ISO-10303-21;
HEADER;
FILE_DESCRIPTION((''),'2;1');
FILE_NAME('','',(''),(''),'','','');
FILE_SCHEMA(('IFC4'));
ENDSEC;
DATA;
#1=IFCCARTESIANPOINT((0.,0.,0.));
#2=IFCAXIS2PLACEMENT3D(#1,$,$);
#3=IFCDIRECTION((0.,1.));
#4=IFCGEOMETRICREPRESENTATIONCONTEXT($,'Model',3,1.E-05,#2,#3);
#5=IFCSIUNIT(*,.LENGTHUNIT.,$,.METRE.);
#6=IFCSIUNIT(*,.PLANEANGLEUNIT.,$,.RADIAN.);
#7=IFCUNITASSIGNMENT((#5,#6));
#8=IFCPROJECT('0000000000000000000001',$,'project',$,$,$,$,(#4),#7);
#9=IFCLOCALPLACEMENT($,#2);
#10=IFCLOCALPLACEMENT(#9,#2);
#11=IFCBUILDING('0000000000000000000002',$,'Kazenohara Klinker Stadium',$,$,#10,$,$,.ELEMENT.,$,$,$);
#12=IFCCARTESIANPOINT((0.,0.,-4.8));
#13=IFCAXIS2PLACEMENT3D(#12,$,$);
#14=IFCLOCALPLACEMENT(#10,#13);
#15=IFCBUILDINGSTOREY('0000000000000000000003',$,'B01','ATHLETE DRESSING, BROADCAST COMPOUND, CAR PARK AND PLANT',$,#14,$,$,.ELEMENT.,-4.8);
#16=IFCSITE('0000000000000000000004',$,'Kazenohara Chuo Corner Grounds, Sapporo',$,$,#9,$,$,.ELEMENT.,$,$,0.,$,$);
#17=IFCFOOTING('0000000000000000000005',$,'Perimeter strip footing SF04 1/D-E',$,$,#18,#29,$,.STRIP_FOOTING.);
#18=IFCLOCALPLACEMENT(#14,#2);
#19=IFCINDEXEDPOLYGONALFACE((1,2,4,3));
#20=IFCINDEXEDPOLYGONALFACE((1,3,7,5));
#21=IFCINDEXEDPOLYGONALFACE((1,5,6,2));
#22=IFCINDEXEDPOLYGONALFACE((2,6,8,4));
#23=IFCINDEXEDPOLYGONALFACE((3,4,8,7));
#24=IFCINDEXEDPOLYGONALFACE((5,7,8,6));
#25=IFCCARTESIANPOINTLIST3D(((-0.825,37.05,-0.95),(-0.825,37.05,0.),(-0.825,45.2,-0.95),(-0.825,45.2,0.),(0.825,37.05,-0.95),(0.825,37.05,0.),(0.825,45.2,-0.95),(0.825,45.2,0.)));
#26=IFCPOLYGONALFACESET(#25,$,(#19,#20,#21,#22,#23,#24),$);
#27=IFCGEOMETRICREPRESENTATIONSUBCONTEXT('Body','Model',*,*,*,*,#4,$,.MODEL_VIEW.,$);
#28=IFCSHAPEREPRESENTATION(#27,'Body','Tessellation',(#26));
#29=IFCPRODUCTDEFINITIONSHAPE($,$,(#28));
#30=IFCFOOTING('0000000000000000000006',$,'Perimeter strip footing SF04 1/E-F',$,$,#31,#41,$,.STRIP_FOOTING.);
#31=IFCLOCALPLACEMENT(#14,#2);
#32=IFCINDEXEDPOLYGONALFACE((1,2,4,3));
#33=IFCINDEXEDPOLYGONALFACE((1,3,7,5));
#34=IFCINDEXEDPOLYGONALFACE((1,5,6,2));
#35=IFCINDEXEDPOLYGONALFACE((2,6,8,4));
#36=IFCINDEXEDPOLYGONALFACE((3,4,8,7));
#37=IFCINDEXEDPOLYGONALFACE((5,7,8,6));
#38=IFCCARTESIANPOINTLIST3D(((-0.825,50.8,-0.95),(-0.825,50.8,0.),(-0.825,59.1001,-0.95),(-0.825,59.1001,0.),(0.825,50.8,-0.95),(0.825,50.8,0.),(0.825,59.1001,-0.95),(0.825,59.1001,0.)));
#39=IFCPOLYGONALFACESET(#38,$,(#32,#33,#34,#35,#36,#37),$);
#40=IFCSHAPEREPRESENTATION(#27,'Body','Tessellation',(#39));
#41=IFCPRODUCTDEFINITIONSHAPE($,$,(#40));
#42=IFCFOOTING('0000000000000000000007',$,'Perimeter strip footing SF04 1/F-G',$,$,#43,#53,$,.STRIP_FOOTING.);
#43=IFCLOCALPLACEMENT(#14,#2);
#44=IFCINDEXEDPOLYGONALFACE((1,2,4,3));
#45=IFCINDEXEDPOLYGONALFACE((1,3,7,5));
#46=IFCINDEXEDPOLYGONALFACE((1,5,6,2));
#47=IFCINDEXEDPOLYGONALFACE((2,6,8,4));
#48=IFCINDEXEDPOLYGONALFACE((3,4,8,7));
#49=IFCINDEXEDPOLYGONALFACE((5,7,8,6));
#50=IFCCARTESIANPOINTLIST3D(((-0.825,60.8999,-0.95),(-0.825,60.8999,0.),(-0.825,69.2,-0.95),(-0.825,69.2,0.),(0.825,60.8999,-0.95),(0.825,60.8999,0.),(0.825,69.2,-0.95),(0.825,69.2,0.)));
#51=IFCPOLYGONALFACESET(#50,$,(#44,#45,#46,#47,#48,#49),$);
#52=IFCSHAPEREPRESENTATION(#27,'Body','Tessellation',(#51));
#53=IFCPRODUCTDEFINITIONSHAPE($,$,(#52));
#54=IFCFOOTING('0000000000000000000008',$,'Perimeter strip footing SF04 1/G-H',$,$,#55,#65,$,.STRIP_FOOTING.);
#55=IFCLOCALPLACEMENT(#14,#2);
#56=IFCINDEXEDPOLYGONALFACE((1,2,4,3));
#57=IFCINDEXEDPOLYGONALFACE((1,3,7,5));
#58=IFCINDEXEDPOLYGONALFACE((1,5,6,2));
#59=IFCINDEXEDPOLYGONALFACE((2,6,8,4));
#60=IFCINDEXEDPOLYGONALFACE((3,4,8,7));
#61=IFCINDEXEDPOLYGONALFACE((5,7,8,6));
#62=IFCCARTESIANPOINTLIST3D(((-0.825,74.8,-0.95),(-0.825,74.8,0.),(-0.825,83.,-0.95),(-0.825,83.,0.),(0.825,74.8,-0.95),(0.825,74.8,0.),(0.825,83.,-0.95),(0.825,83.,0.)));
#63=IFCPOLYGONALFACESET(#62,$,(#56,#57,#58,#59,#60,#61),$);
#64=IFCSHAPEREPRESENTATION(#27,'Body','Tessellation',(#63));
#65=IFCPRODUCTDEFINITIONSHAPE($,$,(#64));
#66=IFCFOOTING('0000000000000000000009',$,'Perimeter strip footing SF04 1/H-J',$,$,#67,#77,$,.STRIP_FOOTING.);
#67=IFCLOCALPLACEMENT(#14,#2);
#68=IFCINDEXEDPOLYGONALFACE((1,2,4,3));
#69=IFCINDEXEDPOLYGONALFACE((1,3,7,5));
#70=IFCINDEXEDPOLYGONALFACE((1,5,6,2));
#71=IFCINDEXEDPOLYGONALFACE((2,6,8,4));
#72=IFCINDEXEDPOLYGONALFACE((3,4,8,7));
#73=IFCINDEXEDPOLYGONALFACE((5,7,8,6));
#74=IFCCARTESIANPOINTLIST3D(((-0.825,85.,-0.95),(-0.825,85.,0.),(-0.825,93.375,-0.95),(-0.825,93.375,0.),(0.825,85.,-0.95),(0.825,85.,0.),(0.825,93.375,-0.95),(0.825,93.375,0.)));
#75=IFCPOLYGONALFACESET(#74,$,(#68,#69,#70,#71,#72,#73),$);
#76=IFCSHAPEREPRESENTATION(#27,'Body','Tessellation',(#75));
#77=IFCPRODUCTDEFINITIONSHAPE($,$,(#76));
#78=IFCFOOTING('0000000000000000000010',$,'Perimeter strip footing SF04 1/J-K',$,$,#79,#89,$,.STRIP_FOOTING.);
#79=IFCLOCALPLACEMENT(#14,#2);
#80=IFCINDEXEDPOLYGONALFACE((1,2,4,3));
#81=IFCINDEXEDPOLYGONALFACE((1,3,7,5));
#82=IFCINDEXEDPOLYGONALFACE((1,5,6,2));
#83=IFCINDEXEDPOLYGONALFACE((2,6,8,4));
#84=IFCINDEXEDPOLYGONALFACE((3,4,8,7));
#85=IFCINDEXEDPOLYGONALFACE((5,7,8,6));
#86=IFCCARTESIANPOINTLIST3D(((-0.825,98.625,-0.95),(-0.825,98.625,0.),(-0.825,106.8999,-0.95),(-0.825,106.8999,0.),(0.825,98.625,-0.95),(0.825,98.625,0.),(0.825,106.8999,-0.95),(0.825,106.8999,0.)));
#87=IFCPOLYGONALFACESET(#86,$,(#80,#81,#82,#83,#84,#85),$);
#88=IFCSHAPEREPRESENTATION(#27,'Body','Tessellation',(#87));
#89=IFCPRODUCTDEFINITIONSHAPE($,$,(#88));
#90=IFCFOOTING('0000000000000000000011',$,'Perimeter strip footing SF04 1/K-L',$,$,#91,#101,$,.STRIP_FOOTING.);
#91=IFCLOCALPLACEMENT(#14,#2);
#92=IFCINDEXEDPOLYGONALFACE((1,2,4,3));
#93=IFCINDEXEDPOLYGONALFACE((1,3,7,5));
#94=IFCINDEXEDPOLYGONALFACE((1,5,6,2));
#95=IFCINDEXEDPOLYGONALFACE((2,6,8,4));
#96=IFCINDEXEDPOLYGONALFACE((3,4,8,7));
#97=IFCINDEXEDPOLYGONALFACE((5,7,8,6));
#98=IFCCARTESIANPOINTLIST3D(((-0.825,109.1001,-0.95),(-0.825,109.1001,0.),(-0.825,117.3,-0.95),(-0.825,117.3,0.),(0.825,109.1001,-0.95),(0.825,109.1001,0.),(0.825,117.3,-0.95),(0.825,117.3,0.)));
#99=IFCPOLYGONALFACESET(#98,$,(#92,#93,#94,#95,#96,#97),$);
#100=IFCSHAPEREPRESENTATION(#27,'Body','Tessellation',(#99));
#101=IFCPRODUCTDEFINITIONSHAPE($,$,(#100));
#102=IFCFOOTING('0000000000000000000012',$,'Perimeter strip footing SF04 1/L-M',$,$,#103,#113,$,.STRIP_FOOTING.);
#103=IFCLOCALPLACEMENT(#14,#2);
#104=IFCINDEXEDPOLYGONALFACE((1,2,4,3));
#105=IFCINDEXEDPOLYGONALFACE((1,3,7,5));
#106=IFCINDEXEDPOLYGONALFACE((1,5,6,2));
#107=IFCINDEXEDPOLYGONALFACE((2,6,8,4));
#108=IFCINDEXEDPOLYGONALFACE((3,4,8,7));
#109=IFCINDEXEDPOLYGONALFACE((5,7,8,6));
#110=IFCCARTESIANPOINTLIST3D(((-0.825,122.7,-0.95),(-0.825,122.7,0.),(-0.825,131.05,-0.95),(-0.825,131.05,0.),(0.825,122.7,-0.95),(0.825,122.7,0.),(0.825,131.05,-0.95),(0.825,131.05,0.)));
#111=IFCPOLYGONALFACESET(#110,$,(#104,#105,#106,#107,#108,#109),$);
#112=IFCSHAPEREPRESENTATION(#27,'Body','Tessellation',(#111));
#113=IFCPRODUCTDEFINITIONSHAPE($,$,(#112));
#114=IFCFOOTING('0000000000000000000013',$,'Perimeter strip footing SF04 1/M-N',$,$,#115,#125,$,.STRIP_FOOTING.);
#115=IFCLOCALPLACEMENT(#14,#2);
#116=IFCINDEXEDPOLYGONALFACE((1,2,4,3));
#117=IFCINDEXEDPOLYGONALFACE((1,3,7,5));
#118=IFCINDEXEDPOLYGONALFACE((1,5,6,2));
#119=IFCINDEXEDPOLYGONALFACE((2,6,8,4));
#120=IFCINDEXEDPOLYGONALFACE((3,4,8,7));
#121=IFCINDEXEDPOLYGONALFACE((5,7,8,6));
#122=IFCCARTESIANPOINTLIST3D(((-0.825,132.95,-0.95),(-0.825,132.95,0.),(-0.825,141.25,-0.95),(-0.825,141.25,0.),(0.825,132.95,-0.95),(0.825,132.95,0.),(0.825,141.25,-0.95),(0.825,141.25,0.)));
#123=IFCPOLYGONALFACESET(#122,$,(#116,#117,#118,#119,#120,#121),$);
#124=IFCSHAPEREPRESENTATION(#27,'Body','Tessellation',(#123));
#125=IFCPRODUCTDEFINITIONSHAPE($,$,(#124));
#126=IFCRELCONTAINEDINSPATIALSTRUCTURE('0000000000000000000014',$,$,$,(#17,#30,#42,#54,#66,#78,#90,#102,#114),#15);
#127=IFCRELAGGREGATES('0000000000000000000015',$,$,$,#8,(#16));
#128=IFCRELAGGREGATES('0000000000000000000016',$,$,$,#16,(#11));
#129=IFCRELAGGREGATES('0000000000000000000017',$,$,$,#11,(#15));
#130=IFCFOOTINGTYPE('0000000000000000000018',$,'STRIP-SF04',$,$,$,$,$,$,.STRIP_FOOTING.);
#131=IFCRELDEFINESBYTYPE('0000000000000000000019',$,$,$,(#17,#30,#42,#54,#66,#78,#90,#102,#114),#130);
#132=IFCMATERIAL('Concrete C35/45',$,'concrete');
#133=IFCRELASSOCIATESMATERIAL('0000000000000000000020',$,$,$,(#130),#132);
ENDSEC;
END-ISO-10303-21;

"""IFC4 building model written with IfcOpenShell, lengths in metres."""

from ifc_helpers import new_model, si_unit, direction, frame, origin, place, context, subcontext, project, spatial, polyline, outline, extrude, material, type_object, element, save


model = new_model("IFC4")

# Units and contexts
model_context = context("Model", 3, precision=1e-05, world=origin(), true_north=direction((0.0, 1.0)))
body_context = subcontext(model_context, "Body", "Model", "MODEL_VIEW")
ifc_project = project(units=[si_unit("LENGTHUNIT", "METRE"), si_unit("PLANEANGLEUNIT", "RADIAN")], contexts=[model_context])

# Site, building, storey
site_placement = place(None, origin())
site = spatial("IfcSite", under=ifc_project, at=site_placement, Name="Kazenohara Chuo Corner Grounds, Sapporo", CompositionType="ELEMENT", RefElevation=0.0)
building_placement = place(site_placement, origin())
building = spatial("IfcBuilding", under=site, at=building_placement, Name="Kazenohara Klinker Stadium", CompositionType="ELEMENT")
storey_placement = place(building_placement, frame((0.0, 0.0, -4.8)))
storey = spatial("IfcBuildingStorey", under=building, at=storey_placement, Name="B01", Description="ATHLETE DRESSING, BROADCAST COMPOUND, CAR PARK AND PLANT", CompositionType="ELEMENT", Elevation=-4.8)

# Footings
ifc_material = material(Name="Concrete C35/45", Category="concrete")
footing_type_1 = type_object("IfcFootingType", Name="STRIP-SF04", PredefinedType="STRIP_FOOTING", material=ifc_material)
footing_1_placement = place(storey_placement, frame((0.0, 0.0, -0.95)))
element("IfcFooting", 1, at=footing_1_placement, inside=storey, type_object=footing_type_1, Name="Perimeter strip footing SF04 1/D-E", PredefinedType="STRIP_FOOTING", context=body_context, shape_type="SweptSolid", body=[
    extrude(outline(polyline([(-0.825, 37.05), (0.825, 37.05), (0.825, 45.2), (-0.825, 45.2), (-0.825, 37.05)])), origin(), (0.0, 0.0, 1.0), 0.95),
])
footing_2_placement = place(storey_placement, frame((0.0, 0.0, -0.95)))
element("IfcFooting", 2, at=footing_2_placement, inside=storey, type_object=footing_type_1, Name="Perimeter strip footing SF04 1/E-F", PredefinedType="STRIP_FOOTING", context=body_context, shape_type="SweptSolid", body=[
    extrude(outline(polyline([(-0.825, 50.8), (0.825, 50.8), (0.825, 59.1001), (-0.825, 59.1001), (-0.825, 50.8)])), origin(), (0.0, 0.0, 1.0), 0.95),
])
footing_3_placement = place(storey_placement, frame((0.0, 0.0, -0.95)))
element("IfcFooting", 3, at=footing_3_placement, inside=storey, type_object=footing_type_1, Name="Perimeter strip footing SF04 1/F-G", PredefinedType="STRIP_FOOTING", context=body_context, shape_type="SweptSolid", body=[
    extrude(outline(polyline([(-0.825, 60.8999), (0.825, 60.8999), (0.825, 69.2), (-0.825, 69.2), (-0.825, 60.8999)])), origin(), (0.0, 0.0, 1.0), 0.95),
])
footing_4_placement = place(storey_placement, frame((0.0, 0.0, -0.95)))
element("IfcFooting", 4, at=footing_4_placement, inside=storey, type_object=footing_type_1, Name="Perimeter strip footing SF04 1/G-H", PredefinedType="STRIP_FOOTING", context=body_context, shape_type="SweptSolid", body=[
    extrude(outline(polyline([(-0.825, 74.8), (0.825, 74.8), (0.825, 83.0), (-0.825, 83.0), (-0.825, 74.8)])), origin(), (0.0, 0.0, 1.0), 0.95),
])
footing_5_placement = place(storey_placement, frame((0.0, 0.0, -0.95)))
element("IfcFooting", 5, at=footing_5_placement, inside=storey, type_object=footing_type_1, Name="Perimeter strip footing SF04 1/H-J", PredefinedType="STRIP_FOOTING", context=body_context, shape_type="SweptSolid", body=[
    extrude(outline(polyline([(-0.825, 85.0), (0.825, 85.0), (0.825, 93.375), (-0.825, 93.375), (-0.825, 85.0)])), origin(), (0.0, 0.0, 1.0), 0.95),
])
footing_6_placement = place(storey_placement, frame((0.0, 0.0, -0.95)))
element("IfcFooting", 6, at=footing_6_placement, inside=storey, type_object=footing_type_1, Name="Perimeter strip footing SF04 1/J-K", PredefinedType="STRIP_FOOTING", context=body_context, shape_type="SweptSolid", body=[
    extrude(outline(polyline([(-0.825, 98.625), (0.825, 98.625), (0.825, 106.8999), (-0.825, 106.8999), (-0.825, 98.625)])), origin(), (0.0, 0.0, 1.0), 0.95),
])
footing_7_placement = place(storey_placement, frame((0.0, 0.0, -0.95)))
element("IfcFooting", 7, at=footing_7_placement, inside=storey, type_object=footing_type_1, Name="Perimeter strip footing SF04 1/K-L", PredefinedType="STRIP_FOOTING", context=body_context, shape_type="SweptSolid", body=[
    extrude(outline(polyline([(-0.825, 109.1001), (0.825, 109.1001), (0.825, 117.3), (-0.825, 117.3), (-0.825, 109.1001)])), origin(), (0.0, 0.0, 1.0), 0.95),
])
footing_8_placement = place(storey_placement, frame((0.0, 0.0, -0.95)))
element("IfcFooting", 8, at=footing_8_placement, inside=storey, type_object=footing_type_1, Name="Perimeter strip footing SF04 1/L-M", PredefinedType="STRIP_FOOTING", context=body_context, shape_type="SweptSolid", body=[
    extrude(outline(polyline([(-0.825, 122.7), (0.825, 122.7), (0.825, 131.05), (-0.825, 131.05), (-0.825, 122.7)])), origin(), (0.0, 0.0, 1.0), 0.95),
])
footing_9_placement = place(storey_placement, frame((0.0, 0.0, -0.95)))
element("IfcFooting", 9, at=footing_9_placement, inside=storey, type_object=footing_type_1, Name="Perimeter strip footing SF04 1/M-N", PredefinedType="STRIP_FOOTING", context=body_context, shape_type="SweptSolid", body=[
    extrude(outline(polyline([(-0.825, 132.95), (0.825, 132.95), (0.825, 141.25), (-0.825, 141.25), (-0.825, 132.95)])), origin(), (0.0, 0.0, 1.0), 0.95),
])

save(model, "model.ifc")
